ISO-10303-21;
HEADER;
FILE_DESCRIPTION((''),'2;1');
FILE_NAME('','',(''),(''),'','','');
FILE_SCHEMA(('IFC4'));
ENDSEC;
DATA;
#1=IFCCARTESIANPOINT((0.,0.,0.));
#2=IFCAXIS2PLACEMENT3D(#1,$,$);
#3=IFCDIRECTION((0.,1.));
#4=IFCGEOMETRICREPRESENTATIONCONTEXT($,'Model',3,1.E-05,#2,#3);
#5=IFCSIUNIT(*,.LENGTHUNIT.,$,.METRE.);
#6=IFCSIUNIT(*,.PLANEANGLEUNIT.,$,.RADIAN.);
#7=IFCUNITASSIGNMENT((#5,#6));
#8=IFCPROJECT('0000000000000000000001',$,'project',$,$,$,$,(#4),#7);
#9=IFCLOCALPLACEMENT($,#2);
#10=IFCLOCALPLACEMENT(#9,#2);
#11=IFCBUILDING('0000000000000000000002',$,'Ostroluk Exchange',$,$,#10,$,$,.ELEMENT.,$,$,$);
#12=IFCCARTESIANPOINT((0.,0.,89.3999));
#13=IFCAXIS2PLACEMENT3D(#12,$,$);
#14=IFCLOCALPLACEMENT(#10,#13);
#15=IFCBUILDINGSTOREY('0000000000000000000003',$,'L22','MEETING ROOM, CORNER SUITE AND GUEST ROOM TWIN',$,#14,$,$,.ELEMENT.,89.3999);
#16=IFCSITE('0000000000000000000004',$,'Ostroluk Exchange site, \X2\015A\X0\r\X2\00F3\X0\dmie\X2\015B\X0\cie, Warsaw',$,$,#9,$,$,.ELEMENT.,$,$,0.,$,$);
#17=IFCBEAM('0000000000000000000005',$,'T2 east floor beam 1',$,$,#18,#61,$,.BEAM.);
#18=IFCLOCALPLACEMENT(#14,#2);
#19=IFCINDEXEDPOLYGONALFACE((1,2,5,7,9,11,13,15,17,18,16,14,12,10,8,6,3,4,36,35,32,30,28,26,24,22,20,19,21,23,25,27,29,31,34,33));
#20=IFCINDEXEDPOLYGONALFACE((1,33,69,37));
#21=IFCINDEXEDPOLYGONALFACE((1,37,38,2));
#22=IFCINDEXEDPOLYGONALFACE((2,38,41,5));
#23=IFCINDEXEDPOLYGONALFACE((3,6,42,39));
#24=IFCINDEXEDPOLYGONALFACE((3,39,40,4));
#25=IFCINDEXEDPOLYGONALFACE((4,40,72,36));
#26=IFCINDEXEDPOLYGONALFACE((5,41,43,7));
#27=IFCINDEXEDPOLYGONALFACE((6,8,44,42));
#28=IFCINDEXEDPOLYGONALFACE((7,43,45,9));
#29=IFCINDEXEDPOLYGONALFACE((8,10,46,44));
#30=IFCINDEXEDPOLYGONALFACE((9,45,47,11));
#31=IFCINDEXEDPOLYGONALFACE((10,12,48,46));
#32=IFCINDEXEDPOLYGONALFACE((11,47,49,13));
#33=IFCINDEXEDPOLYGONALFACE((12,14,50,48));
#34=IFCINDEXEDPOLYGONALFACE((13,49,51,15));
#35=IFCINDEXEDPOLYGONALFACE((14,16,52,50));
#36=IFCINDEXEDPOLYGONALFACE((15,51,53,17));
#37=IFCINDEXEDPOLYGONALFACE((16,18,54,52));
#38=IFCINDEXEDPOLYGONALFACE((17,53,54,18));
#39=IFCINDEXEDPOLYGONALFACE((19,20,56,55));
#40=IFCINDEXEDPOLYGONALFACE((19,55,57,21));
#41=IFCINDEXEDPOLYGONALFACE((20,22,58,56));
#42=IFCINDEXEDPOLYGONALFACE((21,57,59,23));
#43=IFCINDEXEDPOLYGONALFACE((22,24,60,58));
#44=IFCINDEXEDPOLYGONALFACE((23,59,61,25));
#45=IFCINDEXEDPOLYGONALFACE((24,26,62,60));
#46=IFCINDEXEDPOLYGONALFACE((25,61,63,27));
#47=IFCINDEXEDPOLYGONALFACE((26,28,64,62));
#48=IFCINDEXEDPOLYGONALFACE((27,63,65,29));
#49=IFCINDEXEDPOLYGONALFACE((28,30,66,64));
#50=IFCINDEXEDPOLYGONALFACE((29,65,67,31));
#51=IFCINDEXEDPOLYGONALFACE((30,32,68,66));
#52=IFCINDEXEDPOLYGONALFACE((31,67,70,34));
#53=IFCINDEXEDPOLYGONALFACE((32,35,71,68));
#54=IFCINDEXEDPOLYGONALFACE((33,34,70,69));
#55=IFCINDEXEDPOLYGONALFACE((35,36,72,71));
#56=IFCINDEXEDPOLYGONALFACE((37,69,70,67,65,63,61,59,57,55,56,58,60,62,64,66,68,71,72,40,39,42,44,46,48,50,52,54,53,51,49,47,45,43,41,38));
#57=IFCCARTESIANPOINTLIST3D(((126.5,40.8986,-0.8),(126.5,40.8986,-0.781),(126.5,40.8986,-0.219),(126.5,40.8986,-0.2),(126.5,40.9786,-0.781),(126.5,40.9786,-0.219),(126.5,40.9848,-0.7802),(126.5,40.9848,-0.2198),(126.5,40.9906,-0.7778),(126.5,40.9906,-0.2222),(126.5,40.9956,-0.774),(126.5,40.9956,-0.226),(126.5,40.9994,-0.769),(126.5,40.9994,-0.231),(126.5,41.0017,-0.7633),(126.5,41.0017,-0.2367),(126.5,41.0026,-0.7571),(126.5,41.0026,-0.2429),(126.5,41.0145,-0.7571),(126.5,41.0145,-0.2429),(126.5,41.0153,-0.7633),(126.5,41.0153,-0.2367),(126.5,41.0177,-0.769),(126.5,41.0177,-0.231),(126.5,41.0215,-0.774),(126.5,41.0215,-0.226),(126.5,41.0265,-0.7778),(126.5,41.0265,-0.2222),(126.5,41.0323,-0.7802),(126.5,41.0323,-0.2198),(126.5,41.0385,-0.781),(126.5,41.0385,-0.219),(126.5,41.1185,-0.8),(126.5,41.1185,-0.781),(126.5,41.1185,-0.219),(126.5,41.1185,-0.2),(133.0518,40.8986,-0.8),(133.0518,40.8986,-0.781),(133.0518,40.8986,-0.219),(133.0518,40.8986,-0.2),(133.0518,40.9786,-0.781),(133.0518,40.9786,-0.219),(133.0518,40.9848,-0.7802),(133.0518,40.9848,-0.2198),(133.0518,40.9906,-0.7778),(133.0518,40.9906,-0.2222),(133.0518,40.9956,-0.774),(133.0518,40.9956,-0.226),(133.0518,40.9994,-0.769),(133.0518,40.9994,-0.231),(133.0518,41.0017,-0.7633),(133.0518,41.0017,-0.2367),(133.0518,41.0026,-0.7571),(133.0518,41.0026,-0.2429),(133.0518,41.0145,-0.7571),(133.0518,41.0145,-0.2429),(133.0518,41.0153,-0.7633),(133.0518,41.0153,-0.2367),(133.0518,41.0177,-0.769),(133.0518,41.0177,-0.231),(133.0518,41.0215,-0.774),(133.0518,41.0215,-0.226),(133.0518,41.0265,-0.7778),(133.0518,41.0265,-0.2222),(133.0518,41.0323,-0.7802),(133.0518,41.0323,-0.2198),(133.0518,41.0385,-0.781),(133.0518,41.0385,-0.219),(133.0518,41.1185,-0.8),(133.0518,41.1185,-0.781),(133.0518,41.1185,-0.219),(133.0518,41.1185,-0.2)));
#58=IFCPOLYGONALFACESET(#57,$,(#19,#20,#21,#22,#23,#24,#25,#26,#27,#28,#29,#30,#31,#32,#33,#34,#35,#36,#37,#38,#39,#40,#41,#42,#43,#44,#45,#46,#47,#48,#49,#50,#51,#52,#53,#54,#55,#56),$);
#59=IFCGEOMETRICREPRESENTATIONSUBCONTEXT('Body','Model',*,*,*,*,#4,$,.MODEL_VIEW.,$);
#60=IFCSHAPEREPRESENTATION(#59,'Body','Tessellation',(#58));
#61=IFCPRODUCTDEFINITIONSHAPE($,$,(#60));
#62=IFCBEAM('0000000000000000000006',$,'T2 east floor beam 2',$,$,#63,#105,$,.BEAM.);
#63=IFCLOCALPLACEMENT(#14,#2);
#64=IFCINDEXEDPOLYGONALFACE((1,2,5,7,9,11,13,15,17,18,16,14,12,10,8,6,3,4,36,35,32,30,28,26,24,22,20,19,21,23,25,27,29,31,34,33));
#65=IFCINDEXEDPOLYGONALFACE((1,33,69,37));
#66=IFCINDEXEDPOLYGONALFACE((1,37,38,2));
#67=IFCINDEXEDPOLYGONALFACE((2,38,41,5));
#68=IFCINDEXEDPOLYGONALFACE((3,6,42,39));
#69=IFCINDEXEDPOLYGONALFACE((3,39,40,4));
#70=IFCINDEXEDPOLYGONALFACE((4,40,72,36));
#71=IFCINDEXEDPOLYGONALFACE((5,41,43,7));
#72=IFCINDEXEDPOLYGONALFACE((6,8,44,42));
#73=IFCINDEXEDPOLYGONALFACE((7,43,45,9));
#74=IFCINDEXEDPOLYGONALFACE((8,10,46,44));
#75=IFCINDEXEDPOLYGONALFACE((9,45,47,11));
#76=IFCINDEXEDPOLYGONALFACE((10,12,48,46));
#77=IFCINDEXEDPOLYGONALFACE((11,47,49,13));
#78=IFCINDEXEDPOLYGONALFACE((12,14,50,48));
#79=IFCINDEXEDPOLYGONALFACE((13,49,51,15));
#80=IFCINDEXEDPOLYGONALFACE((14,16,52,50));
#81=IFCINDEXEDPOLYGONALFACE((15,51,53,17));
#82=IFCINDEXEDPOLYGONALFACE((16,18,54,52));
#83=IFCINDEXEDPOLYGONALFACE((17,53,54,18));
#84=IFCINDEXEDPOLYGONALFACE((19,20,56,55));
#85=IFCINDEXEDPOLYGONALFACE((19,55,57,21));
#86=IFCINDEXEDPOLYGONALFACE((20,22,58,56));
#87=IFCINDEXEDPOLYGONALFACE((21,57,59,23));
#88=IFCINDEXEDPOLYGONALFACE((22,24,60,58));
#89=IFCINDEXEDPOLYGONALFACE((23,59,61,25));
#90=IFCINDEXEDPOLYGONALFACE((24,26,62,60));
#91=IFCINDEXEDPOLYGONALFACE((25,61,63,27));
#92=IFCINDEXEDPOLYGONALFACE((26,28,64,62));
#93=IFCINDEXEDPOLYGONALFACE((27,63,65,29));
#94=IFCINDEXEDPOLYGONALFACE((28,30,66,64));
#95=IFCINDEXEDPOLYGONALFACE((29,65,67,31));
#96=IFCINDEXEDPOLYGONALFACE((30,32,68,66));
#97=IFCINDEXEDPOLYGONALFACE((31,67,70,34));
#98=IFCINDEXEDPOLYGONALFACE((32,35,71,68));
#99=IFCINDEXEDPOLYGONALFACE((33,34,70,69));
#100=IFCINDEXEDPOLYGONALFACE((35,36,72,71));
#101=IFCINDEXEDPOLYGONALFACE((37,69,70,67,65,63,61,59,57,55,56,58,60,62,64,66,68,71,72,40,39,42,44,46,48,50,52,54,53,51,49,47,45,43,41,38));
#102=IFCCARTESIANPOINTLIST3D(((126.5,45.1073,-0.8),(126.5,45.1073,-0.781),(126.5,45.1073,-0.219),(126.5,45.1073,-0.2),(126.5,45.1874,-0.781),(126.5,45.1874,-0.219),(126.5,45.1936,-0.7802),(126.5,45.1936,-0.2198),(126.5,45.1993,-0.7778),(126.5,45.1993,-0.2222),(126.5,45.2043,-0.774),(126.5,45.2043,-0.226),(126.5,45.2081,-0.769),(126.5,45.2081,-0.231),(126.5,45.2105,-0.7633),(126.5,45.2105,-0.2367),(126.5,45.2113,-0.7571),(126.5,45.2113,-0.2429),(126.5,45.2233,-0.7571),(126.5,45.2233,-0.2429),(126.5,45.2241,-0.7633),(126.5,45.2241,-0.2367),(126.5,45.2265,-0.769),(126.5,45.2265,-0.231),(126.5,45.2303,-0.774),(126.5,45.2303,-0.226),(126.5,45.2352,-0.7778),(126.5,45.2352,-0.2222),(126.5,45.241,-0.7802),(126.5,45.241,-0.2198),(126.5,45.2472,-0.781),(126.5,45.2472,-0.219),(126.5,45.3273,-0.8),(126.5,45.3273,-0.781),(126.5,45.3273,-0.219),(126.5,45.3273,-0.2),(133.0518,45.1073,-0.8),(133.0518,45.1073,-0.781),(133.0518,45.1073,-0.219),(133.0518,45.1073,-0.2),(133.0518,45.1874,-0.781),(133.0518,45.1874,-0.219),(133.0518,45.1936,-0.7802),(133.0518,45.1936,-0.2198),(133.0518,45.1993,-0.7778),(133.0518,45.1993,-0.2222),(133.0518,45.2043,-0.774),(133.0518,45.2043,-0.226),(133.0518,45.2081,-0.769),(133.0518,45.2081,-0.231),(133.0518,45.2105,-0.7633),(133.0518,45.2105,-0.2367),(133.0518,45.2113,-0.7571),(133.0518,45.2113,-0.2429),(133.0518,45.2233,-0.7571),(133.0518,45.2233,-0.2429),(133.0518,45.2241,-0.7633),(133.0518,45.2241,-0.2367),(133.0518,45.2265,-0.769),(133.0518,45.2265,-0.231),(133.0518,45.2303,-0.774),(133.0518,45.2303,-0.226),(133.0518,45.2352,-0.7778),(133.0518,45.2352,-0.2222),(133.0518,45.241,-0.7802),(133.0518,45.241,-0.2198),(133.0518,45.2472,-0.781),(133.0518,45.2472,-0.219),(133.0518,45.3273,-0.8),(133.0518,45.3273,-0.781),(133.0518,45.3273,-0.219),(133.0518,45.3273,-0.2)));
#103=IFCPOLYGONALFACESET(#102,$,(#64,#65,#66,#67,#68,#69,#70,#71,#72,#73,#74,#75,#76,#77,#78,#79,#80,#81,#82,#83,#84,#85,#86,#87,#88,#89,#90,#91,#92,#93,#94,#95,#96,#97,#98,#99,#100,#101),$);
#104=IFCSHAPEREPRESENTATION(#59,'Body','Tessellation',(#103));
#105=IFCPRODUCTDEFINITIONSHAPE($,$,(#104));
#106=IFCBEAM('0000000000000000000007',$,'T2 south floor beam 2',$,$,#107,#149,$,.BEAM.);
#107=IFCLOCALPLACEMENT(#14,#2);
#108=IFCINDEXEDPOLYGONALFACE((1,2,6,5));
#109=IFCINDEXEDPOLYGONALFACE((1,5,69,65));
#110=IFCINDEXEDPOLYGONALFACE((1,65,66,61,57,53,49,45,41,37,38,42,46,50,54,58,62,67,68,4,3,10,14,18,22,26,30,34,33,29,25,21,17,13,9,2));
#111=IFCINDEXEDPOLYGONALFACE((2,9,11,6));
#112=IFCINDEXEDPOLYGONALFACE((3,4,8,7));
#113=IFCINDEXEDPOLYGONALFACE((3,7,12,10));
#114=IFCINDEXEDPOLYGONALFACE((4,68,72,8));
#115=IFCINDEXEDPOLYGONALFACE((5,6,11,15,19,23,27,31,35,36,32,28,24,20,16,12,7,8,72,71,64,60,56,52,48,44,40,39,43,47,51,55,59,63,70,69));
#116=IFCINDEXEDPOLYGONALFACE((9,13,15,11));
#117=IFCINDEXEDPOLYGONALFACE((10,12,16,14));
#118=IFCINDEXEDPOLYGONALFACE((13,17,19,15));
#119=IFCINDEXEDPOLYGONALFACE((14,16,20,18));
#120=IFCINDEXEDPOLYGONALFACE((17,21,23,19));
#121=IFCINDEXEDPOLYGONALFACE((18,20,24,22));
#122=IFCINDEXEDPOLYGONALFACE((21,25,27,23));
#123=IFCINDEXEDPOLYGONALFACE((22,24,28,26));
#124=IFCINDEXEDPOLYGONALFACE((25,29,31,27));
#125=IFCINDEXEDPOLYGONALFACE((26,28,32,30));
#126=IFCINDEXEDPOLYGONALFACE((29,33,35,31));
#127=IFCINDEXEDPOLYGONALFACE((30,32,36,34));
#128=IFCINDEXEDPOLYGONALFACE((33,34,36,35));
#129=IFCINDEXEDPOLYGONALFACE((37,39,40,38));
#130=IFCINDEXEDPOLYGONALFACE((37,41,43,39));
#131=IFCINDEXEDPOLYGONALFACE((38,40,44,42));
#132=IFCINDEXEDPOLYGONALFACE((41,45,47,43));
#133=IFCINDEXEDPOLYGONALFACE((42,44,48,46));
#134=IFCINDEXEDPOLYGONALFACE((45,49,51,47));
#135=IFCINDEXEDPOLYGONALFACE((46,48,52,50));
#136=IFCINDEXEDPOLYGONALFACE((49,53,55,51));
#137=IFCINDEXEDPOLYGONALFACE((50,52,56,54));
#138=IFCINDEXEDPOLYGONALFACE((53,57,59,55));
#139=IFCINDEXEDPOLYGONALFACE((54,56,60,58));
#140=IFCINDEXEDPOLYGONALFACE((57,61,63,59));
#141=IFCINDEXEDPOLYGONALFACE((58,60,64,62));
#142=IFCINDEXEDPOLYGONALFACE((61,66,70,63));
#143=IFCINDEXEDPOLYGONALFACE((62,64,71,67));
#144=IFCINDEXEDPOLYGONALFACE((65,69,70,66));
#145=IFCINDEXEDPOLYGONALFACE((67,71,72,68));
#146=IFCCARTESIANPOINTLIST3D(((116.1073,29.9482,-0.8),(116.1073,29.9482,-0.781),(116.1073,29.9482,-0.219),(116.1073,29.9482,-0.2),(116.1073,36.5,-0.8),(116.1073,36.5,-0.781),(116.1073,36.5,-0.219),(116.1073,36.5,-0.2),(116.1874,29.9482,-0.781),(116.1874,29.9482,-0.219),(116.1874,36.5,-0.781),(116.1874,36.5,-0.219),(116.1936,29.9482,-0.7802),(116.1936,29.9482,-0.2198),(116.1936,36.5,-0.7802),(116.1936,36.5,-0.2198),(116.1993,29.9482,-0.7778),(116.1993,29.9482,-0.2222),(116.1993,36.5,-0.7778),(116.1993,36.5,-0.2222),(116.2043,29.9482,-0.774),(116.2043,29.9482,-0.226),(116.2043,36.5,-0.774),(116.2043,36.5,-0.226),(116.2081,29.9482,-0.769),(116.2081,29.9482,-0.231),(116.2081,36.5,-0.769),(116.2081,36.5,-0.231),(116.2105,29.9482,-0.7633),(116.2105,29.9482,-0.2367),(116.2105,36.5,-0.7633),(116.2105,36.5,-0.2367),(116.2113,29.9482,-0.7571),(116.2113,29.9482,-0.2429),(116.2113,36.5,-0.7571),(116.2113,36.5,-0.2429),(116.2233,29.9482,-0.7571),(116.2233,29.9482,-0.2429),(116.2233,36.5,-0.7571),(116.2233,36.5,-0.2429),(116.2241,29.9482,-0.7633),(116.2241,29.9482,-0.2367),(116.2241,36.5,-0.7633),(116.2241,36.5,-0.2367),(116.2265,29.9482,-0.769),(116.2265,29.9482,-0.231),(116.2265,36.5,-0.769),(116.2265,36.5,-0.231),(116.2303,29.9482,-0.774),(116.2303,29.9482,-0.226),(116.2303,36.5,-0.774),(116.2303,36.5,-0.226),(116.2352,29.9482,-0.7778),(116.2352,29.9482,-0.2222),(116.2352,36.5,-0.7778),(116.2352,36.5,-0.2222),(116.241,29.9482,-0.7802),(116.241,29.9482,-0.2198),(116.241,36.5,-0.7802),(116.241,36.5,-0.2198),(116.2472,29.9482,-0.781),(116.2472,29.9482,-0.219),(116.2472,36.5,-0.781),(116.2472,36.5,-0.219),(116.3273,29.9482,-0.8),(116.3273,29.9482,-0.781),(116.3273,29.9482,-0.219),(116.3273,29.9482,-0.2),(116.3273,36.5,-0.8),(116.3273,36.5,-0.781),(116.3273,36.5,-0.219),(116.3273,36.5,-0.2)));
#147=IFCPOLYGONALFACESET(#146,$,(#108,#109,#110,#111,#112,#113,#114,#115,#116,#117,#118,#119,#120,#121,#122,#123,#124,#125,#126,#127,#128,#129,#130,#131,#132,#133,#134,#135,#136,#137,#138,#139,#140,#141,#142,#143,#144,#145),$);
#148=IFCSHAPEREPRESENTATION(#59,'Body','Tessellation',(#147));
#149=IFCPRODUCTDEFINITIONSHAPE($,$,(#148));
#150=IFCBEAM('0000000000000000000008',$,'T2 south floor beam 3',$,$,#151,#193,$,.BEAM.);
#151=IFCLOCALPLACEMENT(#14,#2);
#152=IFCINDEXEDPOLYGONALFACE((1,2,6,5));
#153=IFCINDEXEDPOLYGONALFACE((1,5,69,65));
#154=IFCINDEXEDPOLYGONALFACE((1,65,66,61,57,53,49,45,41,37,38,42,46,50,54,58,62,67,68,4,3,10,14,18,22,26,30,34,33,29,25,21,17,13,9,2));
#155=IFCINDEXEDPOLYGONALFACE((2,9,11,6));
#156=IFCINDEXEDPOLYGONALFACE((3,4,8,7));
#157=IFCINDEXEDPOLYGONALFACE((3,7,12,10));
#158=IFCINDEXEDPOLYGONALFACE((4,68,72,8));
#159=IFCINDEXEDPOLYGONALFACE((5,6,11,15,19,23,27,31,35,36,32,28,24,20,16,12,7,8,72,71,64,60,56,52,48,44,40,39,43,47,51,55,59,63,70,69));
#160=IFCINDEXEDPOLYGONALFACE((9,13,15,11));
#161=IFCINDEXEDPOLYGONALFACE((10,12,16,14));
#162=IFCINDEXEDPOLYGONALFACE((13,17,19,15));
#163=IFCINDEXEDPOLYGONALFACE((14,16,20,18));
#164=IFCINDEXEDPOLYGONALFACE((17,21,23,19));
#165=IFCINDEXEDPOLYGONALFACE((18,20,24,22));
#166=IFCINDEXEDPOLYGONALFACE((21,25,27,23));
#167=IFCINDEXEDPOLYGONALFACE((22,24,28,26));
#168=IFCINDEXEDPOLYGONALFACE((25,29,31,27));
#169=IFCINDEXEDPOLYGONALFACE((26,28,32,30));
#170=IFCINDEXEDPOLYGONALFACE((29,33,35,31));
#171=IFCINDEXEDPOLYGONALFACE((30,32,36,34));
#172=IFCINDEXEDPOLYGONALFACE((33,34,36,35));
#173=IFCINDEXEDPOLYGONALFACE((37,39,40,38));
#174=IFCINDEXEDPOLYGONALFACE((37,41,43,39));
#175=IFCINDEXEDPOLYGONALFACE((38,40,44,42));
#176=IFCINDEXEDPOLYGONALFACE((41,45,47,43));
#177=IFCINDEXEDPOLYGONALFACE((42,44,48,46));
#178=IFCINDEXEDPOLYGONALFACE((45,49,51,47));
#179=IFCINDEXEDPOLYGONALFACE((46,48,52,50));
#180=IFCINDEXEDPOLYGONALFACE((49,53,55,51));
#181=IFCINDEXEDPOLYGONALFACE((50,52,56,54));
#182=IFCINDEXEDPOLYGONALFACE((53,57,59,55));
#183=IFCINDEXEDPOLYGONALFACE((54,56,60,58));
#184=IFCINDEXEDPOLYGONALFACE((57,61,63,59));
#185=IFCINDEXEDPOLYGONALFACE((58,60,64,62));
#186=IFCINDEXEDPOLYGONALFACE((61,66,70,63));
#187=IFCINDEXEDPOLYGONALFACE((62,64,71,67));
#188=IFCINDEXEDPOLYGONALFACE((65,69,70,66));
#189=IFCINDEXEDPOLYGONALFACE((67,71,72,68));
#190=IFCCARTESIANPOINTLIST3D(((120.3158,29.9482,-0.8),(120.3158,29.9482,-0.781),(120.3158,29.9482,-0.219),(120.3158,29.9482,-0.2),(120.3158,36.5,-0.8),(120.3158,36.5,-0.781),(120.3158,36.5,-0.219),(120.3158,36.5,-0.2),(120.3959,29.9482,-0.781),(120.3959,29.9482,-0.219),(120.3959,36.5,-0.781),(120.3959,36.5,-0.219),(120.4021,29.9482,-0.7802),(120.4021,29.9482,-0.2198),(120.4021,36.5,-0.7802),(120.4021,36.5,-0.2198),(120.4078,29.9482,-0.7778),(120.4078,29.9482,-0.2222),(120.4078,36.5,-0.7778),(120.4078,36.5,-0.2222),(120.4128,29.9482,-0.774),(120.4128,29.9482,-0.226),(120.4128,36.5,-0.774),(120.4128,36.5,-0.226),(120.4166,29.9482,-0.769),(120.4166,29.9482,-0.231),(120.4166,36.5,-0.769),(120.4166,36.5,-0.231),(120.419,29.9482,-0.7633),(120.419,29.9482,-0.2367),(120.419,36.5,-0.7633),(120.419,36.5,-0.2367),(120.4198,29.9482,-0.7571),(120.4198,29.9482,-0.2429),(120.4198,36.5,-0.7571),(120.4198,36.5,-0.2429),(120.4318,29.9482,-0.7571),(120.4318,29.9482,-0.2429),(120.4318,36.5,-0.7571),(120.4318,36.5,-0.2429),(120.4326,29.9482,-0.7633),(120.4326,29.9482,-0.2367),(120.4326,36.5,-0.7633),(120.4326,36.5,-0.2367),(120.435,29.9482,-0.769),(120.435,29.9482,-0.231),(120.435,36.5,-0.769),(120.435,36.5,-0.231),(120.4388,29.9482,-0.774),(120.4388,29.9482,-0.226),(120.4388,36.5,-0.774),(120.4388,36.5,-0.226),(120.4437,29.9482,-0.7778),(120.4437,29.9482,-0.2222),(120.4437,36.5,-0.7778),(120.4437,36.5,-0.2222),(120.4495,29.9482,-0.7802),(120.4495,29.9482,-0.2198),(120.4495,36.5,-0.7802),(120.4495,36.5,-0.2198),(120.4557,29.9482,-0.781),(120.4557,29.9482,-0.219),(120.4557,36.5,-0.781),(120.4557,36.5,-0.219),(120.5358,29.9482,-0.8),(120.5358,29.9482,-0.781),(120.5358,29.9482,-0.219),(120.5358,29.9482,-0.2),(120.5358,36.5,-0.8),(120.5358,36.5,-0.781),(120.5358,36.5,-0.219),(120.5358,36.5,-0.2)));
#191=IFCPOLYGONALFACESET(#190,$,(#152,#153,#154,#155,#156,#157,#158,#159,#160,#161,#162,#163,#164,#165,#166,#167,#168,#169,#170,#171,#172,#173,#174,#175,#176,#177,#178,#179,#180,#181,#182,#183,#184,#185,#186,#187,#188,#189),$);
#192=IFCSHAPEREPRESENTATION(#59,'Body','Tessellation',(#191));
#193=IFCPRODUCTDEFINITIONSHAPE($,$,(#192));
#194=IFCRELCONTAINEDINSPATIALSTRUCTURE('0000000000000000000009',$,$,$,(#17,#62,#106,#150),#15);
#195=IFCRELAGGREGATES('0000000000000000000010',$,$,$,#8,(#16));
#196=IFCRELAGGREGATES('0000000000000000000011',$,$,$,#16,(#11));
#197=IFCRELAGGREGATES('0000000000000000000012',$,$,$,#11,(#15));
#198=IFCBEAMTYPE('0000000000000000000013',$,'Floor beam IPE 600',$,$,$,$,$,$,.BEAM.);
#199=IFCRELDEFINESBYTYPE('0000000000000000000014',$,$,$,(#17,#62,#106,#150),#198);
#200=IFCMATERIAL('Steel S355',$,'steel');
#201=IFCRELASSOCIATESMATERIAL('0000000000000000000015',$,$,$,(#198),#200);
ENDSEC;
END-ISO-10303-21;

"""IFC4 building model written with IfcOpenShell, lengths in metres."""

from ifc_helpers import new_model, si_unit, direction, frame, origin, origin_2d, place, context, subcontext, project, spatial, i_section, extrude, material, material_profile, profile_set, type_object, element, save


model = new_model("IFC4")

# Units and contexts
model_context = context("Model", 3, precision=1e-05, world=origin(), true_north=direction((0.0, 1.0)))
body_context = subcontext(model_context, "Body", "Model", "MODEL_VIEW")
ifc_project = project(units=[si_unit("LENGTHUNIT", "METRE"), si_unit("PLANEANGLEUNIT", "RADIAN")], contexts=[model_context])

# Site, building, storey
site_placement = place(None, origin())
site = spatial("IfcSite", under=ifc_project, at=site_placement, Name="Ostroluk Exchange site, Śródmieście, Warsaw", CompositionType="ELEMENT", RefElevation=0.0)
building_placement = place(site_placement, origin())
building = spatial("IfcBuilding", under=site, at=building_placement, Name="Ostroluk Exchange", CompositionType="ELEMENT")
storey_placement = place(building_placement, frame((0.0, 0.0, 89.3999)))
storey = spatial("IfcBuildingStorey", under=building, at=storey_placement, Name="L22", Description="MEETING ROOM, CORNER SUITE AND GUEST ROOM TWIN", CompositionType="ELEMENT", Elevation=89.3999)

# Beams
ifc_material_1 = material(Name="Steel S355", Category="steel")
ifc_material_profile_1 = material_profile(ifc_material_1, i_section(OverallWidth=0.22, OverallDepth=0.6001, WebThickness=0.012, FlangeThickness=0.019, FilletRadius=0.0239, at=origin_2d()), Name="IPE 600")
ifc_profile_set_1 = profile_set([ifc_material_profile_1], Name="Steel S355")
beam_type_1 = type_object("IfcBeamType", Name="Floor beam IPE 600", PredefinedType="BEAM", material=ifc_profile_set_1)
for number, where, z_axis, x_axis, name in (
    (1, (126.5, 41.0085, -0.5), (1.0, 0.0, 0.0), (0.0, 1.0, 0.0), "T2 east floor beam 1"),
    (2, (126.5, 45.2173, -0.5), (1.0, 0.0, 0.0), (0.0, 1.0, 0.0), "T2 east floor beam 2"),
    (3, (116.2173, 36.5, -0.5), (0.0, -1.0, 0.0), (1.0, 0.0, 0.0), "T2 south floor beam 2"),
    (4, (120.4258, 36.5, -0.5), (0.0, -1.0, 0.0), (1.0, 0.0, 0.0), "T2 south floor beam 3"),
):
    element("IfcBeam", number, at=place(storey_placement, frame(where, z_axis=z_axis, x_axis=x_axis)), inside=storey, type_object=beam_type_1, Name=name, PredefinedType="BEAM", context=body_context, shape_type="SweptSolid", body=[
        extrude(i_section(OverallWidth=0.22, OverallDepth=0.6001, WebThickness=0.012, FlangeThickness=0.019, FilletRadius=0.0239, at=origin_2d()), origin(), (0.0, 0.0, 1.0), 6.5518),
    ])

save(model, "model.ifc")
